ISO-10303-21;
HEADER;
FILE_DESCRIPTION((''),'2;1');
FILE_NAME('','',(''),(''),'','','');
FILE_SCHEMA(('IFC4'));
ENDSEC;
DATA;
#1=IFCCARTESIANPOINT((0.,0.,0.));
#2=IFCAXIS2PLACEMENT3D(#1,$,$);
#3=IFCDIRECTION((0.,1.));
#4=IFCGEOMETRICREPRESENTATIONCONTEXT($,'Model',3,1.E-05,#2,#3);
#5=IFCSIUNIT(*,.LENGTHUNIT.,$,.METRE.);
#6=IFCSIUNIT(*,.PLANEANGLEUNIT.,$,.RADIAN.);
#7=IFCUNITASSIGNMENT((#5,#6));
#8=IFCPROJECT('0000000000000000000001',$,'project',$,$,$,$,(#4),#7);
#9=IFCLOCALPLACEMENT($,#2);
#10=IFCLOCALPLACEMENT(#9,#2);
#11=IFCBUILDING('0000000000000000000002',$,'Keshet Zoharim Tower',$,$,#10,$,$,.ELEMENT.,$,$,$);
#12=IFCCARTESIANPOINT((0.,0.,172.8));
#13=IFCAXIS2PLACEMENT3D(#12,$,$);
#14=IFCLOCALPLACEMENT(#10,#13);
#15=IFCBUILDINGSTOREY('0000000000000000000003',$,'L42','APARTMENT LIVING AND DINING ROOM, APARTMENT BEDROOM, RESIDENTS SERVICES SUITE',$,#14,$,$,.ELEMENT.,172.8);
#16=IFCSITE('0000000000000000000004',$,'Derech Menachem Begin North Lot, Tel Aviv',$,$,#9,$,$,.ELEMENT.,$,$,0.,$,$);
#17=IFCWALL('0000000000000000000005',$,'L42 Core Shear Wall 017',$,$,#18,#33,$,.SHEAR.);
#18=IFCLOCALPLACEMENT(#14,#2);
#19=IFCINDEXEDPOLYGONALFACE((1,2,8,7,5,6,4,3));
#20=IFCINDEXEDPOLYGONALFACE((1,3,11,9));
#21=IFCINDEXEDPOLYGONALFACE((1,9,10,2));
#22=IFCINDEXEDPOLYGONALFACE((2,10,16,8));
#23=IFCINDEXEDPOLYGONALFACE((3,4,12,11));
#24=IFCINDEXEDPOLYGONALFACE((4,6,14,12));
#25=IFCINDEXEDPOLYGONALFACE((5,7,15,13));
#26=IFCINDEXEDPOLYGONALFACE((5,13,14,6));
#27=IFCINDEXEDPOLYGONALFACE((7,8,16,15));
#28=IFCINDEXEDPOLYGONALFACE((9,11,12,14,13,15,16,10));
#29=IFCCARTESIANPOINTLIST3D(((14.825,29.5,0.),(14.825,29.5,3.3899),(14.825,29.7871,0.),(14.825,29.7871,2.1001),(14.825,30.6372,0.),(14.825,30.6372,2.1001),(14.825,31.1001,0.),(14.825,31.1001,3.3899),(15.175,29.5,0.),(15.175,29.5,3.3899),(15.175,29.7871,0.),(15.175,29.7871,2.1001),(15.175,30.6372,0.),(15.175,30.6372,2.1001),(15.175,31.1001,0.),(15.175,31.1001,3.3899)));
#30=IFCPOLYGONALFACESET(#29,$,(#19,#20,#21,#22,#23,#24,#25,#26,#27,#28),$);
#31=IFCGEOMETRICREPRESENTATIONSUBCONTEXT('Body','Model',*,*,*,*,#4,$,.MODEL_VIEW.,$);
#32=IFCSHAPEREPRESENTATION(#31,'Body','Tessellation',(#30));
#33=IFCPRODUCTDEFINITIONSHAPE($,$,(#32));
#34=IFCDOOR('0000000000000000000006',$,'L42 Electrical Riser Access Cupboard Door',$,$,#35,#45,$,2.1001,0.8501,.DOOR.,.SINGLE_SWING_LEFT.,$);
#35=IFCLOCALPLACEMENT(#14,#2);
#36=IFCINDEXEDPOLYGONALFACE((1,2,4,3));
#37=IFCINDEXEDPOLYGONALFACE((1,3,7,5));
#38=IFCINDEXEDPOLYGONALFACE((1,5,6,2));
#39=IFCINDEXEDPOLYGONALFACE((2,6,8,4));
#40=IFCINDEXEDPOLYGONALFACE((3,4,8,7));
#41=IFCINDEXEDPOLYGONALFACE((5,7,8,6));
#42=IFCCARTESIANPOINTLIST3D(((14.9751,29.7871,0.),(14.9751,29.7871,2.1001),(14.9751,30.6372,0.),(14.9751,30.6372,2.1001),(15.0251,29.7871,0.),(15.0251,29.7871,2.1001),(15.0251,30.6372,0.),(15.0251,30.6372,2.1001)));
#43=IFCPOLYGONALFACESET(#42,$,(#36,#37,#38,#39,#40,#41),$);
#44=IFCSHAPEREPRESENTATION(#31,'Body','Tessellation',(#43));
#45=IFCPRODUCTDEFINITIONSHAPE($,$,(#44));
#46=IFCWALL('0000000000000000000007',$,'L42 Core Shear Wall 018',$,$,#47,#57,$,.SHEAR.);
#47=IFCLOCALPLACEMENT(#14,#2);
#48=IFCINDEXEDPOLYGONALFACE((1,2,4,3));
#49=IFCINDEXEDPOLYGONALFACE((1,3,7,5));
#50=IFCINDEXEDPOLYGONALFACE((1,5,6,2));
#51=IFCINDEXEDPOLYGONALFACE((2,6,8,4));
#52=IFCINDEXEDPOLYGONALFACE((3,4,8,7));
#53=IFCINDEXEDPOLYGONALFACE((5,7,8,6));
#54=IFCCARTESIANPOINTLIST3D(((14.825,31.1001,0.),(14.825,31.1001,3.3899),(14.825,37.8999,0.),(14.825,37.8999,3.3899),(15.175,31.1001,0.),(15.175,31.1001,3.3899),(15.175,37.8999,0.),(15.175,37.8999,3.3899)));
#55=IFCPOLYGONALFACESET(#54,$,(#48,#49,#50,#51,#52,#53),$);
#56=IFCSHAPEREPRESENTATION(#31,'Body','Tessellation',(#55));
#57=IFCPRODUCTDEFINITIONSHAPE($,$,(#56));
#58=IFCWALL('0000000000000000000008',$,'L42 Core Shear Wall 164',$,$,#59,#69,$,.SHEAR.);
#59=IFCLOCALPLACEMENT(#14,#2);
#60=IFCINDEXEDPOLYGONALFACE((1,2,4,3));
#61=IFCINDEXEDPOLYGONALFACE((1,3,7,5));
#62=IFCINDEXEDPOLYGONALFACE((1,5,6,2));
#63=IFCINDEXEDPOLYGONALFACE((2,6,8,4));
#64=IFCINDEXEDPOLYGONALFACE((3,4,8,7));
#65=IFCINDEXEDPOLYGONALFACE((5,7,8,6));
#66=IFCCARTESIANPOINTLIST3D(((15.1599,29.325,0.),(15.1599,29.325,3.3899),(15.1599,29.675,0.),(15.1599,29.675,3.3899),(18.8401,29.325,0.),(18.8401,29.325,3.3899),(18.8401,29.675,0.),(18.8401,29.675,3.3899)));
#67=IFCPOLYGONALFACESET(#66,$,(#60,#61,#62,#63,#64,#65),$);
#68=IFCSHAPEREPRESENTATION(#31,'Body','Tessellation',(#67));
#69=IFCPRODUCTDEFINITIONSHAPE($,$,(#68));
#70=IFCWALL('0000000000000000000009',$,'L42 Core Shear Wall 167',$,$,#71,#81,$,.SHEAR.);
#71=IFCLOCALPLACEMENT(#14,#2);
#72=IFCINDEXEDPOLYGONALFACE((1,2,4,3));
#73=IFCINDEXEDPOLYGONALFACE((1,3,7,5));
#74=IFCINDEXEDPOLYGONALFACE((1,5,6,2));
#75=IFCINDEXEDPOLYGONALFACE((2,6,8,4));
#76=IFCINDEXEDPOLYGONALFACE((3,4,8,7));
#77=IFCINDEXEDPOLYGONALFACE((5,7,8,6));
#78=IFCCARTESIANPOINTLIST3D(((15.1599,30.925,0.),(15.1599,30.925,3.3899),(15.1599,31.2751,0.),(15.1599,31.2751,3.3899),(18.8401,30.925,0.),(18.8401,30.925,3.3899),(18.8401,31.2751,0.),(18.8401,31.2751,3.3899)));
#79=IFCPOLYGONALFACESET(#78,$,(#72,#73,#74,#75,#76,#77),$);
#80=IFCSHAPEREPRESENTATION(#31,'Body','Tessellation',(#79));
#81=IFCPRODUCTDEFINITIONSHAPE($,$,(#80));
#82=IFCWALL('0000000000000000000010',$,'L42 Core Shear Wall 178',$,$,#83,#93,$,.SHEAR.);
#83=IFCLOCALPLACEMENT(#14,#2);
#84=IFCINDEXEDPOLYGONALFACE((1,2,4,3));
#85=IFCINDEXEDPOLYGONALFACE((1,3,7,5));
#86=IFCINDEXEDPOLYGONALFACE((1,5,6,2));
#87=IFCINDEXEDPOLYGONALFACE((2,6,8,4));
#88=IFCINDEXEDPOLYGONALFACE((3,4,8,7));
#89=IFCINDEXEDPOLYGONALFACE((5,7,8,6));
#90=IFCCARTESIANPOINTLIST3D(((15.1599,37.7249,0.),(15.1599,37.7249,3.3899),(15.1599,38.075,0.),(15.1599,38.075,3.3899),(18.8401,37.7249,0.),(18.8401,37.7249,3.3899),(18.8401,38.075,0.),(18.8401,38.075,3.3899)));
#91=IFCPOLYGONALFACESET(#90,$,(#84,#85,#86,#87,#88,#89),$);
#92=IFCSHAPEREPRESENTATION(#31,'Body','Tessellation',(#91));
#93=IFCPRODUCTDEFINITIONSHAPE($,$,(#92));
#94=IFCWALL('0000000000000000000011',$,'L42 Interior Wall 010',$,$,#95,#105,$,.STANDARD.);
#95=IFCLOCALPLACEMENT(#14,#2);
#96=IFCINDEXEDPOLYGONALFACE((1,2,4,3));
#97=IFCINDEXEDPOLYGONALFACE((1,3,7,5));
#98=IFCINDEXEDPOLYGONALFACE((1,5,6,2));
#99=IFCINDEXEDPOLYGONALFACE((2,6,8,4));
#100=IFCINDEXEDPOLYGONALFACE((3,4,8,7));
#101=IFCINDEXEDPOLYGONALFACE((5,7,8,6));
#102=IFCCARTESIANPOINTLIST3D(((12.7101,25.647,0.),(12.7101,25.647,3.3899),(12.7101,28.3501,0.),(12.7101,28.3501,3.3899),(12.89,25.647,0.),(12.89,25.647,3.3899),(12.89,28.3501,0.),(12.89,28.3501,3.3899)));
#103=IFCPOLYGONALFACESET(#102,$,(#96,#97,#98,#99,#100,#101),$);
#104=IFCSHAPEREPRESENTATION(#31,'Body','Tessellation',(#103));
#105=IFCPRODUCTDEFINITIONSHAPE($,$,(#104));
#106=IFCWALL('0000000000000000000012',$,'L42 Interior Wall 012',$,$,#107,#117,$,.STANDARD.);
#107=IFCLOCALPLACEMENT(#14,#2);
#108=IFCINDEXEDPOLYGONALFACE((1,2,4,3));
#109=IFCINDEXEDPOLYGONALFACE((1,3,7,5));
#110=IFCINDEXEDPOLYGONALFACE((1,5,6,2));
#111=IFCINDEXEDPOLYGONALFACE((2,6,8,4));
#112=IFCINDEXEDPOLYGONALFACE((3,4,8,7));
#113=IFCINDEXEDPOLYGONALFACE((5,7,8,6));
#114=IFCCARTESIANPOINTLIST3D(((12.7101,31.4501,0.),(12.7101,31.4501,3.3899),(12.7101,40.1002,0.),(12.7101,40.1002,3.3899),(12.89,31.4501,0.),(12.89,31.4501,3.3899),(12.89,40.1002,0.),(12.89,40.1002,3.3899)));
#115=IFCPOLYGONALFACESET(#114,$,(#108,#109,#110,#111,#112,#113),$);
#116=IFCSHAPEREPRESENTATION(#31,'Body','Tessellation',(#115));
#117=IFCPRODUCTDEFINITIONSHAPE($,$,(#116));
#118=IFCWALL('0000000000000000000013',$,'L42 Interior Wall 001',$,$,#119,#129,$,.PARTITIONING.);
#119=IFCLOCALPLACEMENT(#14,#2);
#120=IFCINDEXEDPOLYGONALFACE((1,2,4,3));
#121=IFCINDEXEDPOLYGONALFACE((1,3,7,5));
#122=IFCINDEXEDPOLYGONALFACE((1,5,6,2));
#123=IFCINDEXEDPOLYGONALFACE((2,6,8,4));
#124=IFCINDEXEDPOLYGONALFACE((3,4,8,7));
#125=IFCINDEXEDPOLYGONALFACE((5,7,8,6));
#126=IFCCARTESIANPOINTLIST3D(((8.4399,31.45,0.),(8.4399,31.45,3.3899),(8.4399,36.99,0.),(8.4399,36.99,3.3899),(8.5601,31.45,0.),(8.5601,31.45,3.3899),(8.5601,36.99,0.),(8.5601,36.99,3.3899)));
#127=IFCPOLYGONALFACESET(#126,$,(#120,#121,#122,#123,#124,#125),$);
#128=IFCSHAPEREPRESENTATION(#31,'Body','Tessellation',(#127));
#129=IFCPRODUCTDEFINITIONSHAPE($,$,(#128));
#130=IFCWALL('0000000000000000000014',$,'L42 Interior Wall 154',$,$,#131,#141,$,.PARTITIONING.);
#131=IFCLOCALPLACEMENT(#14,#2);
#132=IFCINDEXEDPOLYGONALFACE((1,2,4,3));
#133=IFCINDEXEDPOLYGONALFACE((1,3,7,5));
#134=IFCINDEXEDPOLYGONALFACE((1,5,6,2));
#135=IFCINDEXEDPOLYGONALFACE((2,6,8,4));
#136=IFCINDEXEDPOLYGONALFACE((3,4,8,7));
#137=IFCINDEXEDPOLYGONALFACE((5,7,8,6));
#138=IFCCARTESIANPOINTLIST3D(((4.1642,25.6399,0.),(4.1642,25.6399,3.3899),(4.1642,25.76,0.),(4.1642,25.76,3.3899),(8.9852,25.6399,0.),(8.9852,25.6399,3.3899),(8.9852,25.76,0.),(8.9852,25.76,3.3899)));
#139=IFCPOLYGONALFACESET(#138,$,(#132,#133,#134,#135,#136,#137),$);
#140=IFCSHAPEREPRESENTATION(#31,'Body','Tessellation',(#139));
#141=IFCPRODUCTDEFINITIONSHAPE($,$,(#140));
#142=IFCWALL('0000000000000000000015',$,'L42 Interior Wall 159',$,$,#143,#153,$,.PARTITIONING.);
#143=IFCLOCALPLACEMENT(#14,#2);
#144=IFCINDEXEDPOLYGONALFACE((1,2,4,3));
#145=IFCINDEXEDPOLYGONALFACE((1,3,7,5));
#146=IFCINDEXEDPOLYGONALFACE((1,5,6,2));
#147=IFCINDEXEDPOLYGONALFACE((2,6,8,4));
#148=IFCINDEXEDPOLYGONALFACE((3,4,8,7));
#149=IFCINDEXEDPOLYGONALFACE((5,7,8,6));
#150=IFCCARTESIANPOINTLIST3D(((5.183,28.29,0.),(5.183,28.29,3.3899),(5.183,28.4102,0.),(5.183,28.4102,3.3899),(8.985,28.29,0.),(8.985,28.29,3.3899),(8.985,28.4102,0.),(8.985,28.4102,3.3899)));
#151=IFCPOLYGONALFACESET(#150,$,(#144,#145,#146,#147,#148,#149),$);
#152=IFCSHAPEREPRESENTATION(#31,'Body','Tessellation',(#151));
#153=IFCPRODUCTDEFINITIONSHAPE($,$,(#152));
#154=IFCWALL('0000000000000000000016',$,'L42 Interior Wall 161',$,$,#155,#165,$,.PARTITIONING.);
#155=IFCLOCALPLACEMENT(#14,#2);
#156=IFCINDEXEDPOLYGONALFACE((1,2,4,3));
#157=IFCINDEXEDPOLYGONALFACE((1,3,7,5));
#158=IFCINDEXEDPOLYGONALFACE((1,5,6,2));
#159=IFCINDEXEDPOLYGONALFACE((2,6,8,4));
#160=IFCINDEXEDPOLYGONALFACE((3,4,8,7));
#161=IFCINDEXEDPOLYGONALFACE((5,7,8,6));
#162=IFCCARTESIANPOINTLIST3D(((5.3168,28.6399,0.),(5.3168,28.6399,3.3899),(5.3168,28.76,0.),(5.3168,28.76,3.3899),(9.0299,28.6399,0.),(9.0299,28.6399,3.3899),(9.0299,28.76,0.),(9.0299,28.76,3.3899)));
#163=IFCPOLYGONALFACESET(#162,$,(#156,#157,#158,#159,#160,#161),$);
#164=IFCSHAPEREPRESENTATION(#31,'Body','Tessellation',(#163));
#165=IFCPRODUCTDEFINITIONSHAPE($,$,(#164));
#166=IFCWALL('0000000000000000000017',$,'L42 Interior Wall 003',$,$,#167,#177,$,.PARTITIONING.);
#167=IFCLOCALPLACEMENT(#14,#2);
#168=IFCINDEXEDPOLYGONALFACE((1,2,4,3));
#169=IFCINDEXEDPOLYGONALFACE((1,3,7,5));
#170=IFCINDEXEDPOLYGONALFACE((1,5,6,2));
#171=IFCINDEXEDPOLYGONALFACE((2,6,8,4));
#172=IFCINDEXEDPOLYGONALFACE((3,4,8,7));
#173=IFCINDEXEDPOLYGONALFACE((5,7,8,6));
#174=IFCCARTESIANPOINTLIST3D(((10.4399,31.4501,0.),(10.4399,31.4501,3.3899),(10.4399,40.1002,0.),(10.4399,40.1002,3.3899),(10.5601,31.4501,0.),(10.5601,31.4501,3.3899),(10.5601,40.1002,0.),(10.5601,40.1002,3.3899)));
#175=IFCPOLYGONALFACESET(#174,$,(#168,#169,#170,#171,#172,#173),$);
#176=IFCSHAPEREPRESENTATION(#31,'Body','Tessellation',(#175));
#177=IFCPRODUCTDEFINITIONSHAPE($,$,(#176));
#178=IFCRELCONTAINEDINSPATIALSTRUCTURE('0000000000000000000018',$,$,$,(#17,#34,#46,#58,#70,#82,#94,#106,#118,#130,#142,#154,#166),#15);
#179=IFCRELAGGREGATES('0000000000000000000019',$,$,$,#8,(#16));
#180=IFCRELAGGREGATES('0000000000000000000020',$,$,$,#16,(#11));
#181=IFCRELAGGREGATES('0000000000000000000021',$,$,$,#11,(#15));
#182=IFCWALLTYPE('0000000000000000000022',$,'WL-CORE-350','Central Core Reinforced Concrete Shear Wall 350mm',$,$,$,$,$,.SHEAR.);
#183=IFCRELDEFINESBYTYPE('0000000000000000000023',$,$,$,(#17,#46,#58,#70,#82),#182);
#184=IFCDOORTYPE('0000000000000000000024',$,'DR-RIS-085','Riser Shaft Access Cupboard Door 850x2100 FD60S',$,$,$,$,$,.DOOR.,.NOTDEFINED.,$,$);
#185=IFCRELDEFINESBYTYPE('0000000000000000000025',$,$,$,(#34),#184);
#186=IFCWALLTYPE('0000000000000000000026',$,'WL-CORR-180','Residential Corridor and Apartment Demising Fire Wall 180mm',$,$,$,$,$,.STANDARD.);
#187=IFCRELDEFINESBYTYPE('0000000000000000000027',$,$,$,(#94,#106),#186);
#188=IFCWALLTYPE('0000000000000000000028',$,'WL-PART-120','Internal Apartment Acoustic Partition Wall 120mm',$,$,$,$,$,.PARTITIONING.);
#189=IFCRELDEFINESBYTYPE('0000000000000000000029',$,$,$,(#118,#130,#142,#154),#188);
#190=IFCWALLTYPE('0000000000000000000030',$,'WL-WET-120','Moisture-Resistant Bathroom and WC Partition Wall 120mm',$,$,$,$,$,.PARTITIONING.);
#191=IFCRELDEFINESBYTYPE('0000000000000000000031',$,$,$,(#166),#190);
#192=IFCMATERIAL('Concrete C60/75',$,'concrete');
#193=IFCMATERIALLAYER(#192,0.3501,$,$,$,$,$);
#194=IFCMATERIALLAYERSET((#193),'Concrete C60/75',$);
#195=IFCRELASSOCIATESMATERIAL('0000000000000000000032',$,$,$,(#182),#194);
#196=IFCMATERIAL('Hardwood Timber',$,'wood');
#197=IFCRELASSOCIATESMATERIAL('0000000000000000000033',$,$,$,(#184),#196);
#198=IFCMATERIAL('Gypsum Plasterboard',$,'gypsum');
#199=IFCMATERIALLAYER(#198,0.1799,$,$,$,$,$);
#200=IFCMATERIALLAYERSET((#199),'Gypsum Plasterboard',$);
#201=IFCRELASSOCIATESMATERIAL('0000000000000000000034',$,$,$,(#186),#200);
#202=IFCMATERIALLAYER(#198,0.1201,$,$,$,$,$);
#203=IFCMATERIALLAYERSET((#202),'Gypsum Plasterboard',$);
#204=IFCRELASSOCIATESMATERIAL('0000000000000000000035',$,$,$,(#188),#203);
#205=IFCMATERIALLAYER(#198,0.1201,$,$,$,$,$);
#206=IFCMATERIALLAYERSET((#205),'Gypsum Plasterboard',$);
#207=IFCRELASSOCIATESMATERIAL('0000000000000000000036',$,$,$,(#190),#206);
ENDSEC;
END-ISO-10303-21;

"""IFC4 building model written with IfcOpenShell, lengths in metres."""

from ifc_helpers import new_model, si_unit, direction, frame, frame_2d, origin, place, context, subcontext, project, spatial, rectangle, extrude, material, layer, layer_set, type_object, element, fill, save


model = new_model("IFC4")

# Units and contexts
model_context = context("Model", 3, precision=1e-05, world=origin(), true_north=direction((0.0, 1.0)))
body_context = subcontext(model_context, "Body", "Model", "MODEL_VIEW")
ifc_project = project(units=[si_unit("LENGTHUNIT", "METRE"), si_unit("PLANEANGLEUNIT", "RADIAN")], contexts=[model_context])

# Site, building, storey
site_placement = place(None, origin())
site = spatial("IfcSite", under=ifc_project, at=site_placement, Name="Derech Menachem Begin North Lot, Tel Aviv", CompositionType="ELEMENT", RefElevation=0.0)
building_placement = place(site_placement, origin())
building = spatial("IfcBuilding", under=site, at=building_placement, Name="Keshet Zoharim Tower", CompositionType="ELEMENT")
storey_placement = place(building_placement, frame((0.0, 0.0, 172.8)))
storey = spatial("IfcBuildingStorey", under=building, at=storey_placement, Name="L42", Description="APARTMENT LIVING AND DINING ROOM, APARTMENT BEDROOM, RESIDENTS SERVICES SUITE", CompositionType="ELEMENT", Elevation=172.8)

# Wall, opening, door
ifc_material_1 = material(Name="Concrete C60/75", Category="concrete")
ifc_layer_1 = layer(ifc_material_1, 0.3501)
ifc_layer_set_1 = layer_set([ifc_layer_1], Name="Concrete C60/75")
wall_type_1 = type_object("IfcWallType", Name="WL-CORE-350", Description="Central Core Reinforced Concrete Shear Wall 350mm", PredefinedType="SHEAR", material=ifc_layer_set_1)
wall_1_placement = place(storey_placement, frame((15.0, 29.5, 0.0), z_axis=(0.0, 0.0, 1.0), x_axis=(0.0, 1.0, 0.0)))
wall_1 = element("IfcWall", 1, at=wall_1_placement, inside=storey, type_object=wall_type_1, Name="L42 Core Shear Wall 017", PredefinedType="SHEAR", context=body_context, shape_type="SweptSolid", body=[
    extrude(rectangle(XDim=1.6001, YDim=0.3501, at=frame_2d((0.8, 0.0))), origin(), (0.0, 0.0, 1.0), 3.3899),
])
opening_1_placement = place(wall_1_placement, frame((0.2871, 0.0, 0.0)))
opening_1 = element("IfcOpeningElement", 2, at=opening_1_placement, cuts=wall_1, PredefinedType="OPENING", context=body_context, shape_type="SweptSolid", body=[
    extrude(rectangle(XDim=0.8501, YDim=2.1001, at=frame_2d((0.425, 1.05))), frame((0.0, 0.1851, 0.0), z_axis=(0.0, -1.0, 0.0), x_axis=(1.0, 0.0, 0.0)), (0.0, 0.0, 1.0), 0.3701),
])
ifc_material_2 = material(Name="Hardwood Timber", Category="wood")
door_type_1 = type_object("IfcDoorType", Name="DR-RIS-085", Description="Riser Shaft Access Cupboard Door 850x2100 FD60S", OperationType="NOTDEFINED", PredefinedType="DOOR", material=ifc_material_2)
door_1_placement = place(opening_1_placement, origin())
door_1 = element("IfcDoor", 3, at=door_1_placement, inside=storey, type_object=door_type_1, Name="L42 Electrical Riser Access Cupboard Door", OperationType="SINGLE_SWING_LEFT", OverallHeight=2.1001, OverallWidth=0.8501, PredefinedType="DOOR", context=body_context, shape_type="SweptSolid", body=[
    extrude(rectangle(XDim=0.8501, YDim=2.1001, at=frame_2d((0.425, 1.05))), frame((0.0, 0.0249, 0.0), z_axis=(0.0, -1.0, 0.0), x_axis=(1.0, 0.0, 0.0)), (0.0, 0.0, 1.0), 0.05),
])
fill(opening_1, door_1)

# Walls
wall_2_placement = place(storey_placement, frame((15.0, 31.1001, 0.0), z_axis=(0.0, 0.0, 1.0), x_axis=(0.0, 1.0, 0.0)))
element("IfcWall", 4, at=wall_2_placement, inside=storey, type_object=wall_type_1, Name="L42 Core Shear Wall 018", PredefinedType="SHEAR", context=body_context, shape_type="SweptSolid", body=[
    extrude(rectangle(XDim=6.7998, YDim=0.3501, at=frame_2d((3.3999, 0.0))), origin(), (0.0, 0.0, 1.0), 3.3899),
])
for number, where, z_axis, x_axis, name in (
    (5, (15.1599, 29.5, 0.0), (0.0, 0.0, 1.0), (1.0, 0.0, 0.0), "L42 Core Shear Wall 164"),
    (6, (15.1599, 31.1001, 0.0), (0.0, 0.0, 1.0), (1.0, 0.0, 0.0), "L42 Core Shear Wall 167"),
    (7, (15.1599, 37.8999, 0.0), (0.0, 0.0, 1.0), (1.0, 0.0, 0.0), "L42 Core Shear Wall 178"),
):
    element("IfcWall", number, at=place(storey_placement, frame(where, z_axis=z_axis, x_axis=x_axis)), inside=storey, type_object=wall_type_1, Name=name, PredefinedType="SHEAR", context=body_context, shape_type="SweptSolid", body=[
        extrude(rectangle(XDim=3.6802, YDim=0.3501, at=frame_2d((1.8401, 0.0))), origin(), (0.0, 0.0, 1.0), 3.3899),
    ])
ifc_material_3 = material(Name="Gypsum Plasterboard", Category="gypsum")
ifc_layer_2 = layer(ifc_material_3, 0.1799)
ifc_layer_set_2 = layer_set([ifc_layer_2], Name="Gypsum Plasterboard")
wall_type_2 = type_object("IfcWallType", Name="WL-CORR-180", Description="Residential Corridor and Apartment Demising Fire Wall 180mm", PredefinedType="STANDARD", material=ifc_layer_set_2)
wall_3_placement = place(storey_placement, frame((12.8, 25.647, 0.0), z_axis=(0.0, 0.0, 1.0), x_axis=(0.0, 1.0, 0.0)))
element("IfcWall", 8, at=wall_3_placement, inside=storey, type_object=wall_type_2, Name="L42 Interior Wall 010", PredefinedType="STANDARD", context=body_context, shape_type="SweptSolid", body=[
    extrude(rectangle(XDim=2.7031, YDim=0.1799, at=frame_2d((1.3516, 0.0))), origin(), (0.0, 0.0, 1.0), 3.3899),
])

# Walls
wall_4_placement = place(storey_placement, frame((12.8, 31.45, 0.0), z_axis=(0.0, 0.0, 1.0), x_axis=(0.0, 1.0, 0.0)))
element("IfcWall", 9, at=wall_4_placement, inside=storey, type_object=wall_type_2, Name="L42 Interior Wall 012", PredefinedType="STANDARD", context=body_context, shape_type="SweptSolid", body=[
    extrude(rectangle(XDim=8.6501, YDim=0.1799, at=frame_2d((4.3252, 0.0))), origin(), (0.0, 0.0, 1.0), 3.3899),
])
ifc_layer_3 = layer(ifc_material_3, 0.1201)
ifc_layer_set_3 = layer_set([ifc_layer_3], Name="Gypsum Plasterboard")
wall_type_3 = type_object("IfcWallType", Name="WL-PART-120", Description="Internal Apartment Acoustic Partition Wall 120mm", PredefinedType="PARTITIONING", material=ifc_layer_set_3)
wall_5_placement = place(storey_placement, frame((8.5, 31.45, 0.0), z_axis=(0.0, 0.0, 1.0), x_axis=(0.0, 1.0, 0.0)))
element("IfcWall", 10, at=wall_5_placement, inside=storey, type_object=wall_type_3, Name="L42 Interior Wall 001", PredefinedType="PARTITIONING", context=body_context, shape_type="SweptSolid", body=[
    extrude(rectangle(XDim=5.54, YDim=0.1201, at=frame_2d((2.77, 0.0))), origin(), (0.0, 0.0, 1.0), 3.3899),
])

# Walls
wall_6_placement = place(storey_placement, frame((4.1641, 25.7, 0.0), z_axis=(0.0, 0.0, 1.0), x_axis=(1.0, 0.0, 0.0)))
element("IfcWall", 11, at=wall_6_placement, inside=storey, type_object=wall_type_3, Name="L42 Interior Wall 154", PredefinedType="PARTITIONING", context=body_context, shape_type="SweptSolid", body=[
    extrude(rectangle(XDim=4.821, YDim=0.1201, at=frame_2d((2.4106, 0.0))), origin(), (0.0, 0.0, 1.0), 3.3899),
])
wall_7_placement = place(storey_placement, frame((5.1831, 28.3501, 0.0), z_axis=(0.0, 0.0, 1.0), x_axis=(1.0, 0.0, 0.0)))
element("IfcWall", 12, at=wall_7_placement, inside=storey, type_object=wall_type_3, Name="L42 Interior Wall 159", PredefinedType="PARTITIONING", context=body_context, shape_type="SweptSolid", body=[
    extrude(rectangle(XDim=3.802, YDim=0.1201, at=frame_2d((1.9009, 0.0))), origin(), (0.0, 0.0, 1.0), 3.3899),
])
wall_8_placement = place(storey_placement, frame((5.3169, 28.7, 0.0), z_axis=(0.0, 0.0, 1.0), x_axis=(1.0, 0.0, 0.0)))
element("IfcWall", 13, at=wall_8_placement, inside=storey, type_object=wall_type_3, Name="L42 Interior Wall 161", PredefinedType="PARTITIONING", context=body_context, shape_type="SweptSolid", body=[
    extrude(rectangle(XDim=3.7131, YDim=0.1201, at=frame_2d((1.8564, 0.0))), origin(), (0.0, 0.0, 1.0), 3.3899),
])

# Wall
ifc_layer_4 = layer(ifc_material_3, 0.1201)
ifc_layer_set_4 = layer_set([ifc_layer_4], Name="Gypsum Plasterboard")
wall_type_4 = type_object("IfcWallType", Name="WL-WET-120", Description="Moisture-Resistant Bathroom and WC Partition Wall 120mm", PredefinedType="PARTITIONING", material=ifc_layer_set_4)
wall_9_placement = place(storey_placement, frame((10.5, 31.45, 0.0), z_axis=(0.0, 0.0, 1.0), x_axis=(0.0, 1.0, 0.0)))
element("IfcWall", 14, at=wall_9_placement, inside=storey, type_object=wall_type_4, Name="L42 Interior Wall 003", PredefinedType="PARTITIONING", context=body_context, shape_type="SweptSolid", body=[
    extrude(rectangle(XDim=8.6501, YDim=0.1201, at=frame_2d((4.3252, 0.0))), origin(), (0.0, 0.0, 1.0), 3.3899),
])

save(model, "model.ifc")
